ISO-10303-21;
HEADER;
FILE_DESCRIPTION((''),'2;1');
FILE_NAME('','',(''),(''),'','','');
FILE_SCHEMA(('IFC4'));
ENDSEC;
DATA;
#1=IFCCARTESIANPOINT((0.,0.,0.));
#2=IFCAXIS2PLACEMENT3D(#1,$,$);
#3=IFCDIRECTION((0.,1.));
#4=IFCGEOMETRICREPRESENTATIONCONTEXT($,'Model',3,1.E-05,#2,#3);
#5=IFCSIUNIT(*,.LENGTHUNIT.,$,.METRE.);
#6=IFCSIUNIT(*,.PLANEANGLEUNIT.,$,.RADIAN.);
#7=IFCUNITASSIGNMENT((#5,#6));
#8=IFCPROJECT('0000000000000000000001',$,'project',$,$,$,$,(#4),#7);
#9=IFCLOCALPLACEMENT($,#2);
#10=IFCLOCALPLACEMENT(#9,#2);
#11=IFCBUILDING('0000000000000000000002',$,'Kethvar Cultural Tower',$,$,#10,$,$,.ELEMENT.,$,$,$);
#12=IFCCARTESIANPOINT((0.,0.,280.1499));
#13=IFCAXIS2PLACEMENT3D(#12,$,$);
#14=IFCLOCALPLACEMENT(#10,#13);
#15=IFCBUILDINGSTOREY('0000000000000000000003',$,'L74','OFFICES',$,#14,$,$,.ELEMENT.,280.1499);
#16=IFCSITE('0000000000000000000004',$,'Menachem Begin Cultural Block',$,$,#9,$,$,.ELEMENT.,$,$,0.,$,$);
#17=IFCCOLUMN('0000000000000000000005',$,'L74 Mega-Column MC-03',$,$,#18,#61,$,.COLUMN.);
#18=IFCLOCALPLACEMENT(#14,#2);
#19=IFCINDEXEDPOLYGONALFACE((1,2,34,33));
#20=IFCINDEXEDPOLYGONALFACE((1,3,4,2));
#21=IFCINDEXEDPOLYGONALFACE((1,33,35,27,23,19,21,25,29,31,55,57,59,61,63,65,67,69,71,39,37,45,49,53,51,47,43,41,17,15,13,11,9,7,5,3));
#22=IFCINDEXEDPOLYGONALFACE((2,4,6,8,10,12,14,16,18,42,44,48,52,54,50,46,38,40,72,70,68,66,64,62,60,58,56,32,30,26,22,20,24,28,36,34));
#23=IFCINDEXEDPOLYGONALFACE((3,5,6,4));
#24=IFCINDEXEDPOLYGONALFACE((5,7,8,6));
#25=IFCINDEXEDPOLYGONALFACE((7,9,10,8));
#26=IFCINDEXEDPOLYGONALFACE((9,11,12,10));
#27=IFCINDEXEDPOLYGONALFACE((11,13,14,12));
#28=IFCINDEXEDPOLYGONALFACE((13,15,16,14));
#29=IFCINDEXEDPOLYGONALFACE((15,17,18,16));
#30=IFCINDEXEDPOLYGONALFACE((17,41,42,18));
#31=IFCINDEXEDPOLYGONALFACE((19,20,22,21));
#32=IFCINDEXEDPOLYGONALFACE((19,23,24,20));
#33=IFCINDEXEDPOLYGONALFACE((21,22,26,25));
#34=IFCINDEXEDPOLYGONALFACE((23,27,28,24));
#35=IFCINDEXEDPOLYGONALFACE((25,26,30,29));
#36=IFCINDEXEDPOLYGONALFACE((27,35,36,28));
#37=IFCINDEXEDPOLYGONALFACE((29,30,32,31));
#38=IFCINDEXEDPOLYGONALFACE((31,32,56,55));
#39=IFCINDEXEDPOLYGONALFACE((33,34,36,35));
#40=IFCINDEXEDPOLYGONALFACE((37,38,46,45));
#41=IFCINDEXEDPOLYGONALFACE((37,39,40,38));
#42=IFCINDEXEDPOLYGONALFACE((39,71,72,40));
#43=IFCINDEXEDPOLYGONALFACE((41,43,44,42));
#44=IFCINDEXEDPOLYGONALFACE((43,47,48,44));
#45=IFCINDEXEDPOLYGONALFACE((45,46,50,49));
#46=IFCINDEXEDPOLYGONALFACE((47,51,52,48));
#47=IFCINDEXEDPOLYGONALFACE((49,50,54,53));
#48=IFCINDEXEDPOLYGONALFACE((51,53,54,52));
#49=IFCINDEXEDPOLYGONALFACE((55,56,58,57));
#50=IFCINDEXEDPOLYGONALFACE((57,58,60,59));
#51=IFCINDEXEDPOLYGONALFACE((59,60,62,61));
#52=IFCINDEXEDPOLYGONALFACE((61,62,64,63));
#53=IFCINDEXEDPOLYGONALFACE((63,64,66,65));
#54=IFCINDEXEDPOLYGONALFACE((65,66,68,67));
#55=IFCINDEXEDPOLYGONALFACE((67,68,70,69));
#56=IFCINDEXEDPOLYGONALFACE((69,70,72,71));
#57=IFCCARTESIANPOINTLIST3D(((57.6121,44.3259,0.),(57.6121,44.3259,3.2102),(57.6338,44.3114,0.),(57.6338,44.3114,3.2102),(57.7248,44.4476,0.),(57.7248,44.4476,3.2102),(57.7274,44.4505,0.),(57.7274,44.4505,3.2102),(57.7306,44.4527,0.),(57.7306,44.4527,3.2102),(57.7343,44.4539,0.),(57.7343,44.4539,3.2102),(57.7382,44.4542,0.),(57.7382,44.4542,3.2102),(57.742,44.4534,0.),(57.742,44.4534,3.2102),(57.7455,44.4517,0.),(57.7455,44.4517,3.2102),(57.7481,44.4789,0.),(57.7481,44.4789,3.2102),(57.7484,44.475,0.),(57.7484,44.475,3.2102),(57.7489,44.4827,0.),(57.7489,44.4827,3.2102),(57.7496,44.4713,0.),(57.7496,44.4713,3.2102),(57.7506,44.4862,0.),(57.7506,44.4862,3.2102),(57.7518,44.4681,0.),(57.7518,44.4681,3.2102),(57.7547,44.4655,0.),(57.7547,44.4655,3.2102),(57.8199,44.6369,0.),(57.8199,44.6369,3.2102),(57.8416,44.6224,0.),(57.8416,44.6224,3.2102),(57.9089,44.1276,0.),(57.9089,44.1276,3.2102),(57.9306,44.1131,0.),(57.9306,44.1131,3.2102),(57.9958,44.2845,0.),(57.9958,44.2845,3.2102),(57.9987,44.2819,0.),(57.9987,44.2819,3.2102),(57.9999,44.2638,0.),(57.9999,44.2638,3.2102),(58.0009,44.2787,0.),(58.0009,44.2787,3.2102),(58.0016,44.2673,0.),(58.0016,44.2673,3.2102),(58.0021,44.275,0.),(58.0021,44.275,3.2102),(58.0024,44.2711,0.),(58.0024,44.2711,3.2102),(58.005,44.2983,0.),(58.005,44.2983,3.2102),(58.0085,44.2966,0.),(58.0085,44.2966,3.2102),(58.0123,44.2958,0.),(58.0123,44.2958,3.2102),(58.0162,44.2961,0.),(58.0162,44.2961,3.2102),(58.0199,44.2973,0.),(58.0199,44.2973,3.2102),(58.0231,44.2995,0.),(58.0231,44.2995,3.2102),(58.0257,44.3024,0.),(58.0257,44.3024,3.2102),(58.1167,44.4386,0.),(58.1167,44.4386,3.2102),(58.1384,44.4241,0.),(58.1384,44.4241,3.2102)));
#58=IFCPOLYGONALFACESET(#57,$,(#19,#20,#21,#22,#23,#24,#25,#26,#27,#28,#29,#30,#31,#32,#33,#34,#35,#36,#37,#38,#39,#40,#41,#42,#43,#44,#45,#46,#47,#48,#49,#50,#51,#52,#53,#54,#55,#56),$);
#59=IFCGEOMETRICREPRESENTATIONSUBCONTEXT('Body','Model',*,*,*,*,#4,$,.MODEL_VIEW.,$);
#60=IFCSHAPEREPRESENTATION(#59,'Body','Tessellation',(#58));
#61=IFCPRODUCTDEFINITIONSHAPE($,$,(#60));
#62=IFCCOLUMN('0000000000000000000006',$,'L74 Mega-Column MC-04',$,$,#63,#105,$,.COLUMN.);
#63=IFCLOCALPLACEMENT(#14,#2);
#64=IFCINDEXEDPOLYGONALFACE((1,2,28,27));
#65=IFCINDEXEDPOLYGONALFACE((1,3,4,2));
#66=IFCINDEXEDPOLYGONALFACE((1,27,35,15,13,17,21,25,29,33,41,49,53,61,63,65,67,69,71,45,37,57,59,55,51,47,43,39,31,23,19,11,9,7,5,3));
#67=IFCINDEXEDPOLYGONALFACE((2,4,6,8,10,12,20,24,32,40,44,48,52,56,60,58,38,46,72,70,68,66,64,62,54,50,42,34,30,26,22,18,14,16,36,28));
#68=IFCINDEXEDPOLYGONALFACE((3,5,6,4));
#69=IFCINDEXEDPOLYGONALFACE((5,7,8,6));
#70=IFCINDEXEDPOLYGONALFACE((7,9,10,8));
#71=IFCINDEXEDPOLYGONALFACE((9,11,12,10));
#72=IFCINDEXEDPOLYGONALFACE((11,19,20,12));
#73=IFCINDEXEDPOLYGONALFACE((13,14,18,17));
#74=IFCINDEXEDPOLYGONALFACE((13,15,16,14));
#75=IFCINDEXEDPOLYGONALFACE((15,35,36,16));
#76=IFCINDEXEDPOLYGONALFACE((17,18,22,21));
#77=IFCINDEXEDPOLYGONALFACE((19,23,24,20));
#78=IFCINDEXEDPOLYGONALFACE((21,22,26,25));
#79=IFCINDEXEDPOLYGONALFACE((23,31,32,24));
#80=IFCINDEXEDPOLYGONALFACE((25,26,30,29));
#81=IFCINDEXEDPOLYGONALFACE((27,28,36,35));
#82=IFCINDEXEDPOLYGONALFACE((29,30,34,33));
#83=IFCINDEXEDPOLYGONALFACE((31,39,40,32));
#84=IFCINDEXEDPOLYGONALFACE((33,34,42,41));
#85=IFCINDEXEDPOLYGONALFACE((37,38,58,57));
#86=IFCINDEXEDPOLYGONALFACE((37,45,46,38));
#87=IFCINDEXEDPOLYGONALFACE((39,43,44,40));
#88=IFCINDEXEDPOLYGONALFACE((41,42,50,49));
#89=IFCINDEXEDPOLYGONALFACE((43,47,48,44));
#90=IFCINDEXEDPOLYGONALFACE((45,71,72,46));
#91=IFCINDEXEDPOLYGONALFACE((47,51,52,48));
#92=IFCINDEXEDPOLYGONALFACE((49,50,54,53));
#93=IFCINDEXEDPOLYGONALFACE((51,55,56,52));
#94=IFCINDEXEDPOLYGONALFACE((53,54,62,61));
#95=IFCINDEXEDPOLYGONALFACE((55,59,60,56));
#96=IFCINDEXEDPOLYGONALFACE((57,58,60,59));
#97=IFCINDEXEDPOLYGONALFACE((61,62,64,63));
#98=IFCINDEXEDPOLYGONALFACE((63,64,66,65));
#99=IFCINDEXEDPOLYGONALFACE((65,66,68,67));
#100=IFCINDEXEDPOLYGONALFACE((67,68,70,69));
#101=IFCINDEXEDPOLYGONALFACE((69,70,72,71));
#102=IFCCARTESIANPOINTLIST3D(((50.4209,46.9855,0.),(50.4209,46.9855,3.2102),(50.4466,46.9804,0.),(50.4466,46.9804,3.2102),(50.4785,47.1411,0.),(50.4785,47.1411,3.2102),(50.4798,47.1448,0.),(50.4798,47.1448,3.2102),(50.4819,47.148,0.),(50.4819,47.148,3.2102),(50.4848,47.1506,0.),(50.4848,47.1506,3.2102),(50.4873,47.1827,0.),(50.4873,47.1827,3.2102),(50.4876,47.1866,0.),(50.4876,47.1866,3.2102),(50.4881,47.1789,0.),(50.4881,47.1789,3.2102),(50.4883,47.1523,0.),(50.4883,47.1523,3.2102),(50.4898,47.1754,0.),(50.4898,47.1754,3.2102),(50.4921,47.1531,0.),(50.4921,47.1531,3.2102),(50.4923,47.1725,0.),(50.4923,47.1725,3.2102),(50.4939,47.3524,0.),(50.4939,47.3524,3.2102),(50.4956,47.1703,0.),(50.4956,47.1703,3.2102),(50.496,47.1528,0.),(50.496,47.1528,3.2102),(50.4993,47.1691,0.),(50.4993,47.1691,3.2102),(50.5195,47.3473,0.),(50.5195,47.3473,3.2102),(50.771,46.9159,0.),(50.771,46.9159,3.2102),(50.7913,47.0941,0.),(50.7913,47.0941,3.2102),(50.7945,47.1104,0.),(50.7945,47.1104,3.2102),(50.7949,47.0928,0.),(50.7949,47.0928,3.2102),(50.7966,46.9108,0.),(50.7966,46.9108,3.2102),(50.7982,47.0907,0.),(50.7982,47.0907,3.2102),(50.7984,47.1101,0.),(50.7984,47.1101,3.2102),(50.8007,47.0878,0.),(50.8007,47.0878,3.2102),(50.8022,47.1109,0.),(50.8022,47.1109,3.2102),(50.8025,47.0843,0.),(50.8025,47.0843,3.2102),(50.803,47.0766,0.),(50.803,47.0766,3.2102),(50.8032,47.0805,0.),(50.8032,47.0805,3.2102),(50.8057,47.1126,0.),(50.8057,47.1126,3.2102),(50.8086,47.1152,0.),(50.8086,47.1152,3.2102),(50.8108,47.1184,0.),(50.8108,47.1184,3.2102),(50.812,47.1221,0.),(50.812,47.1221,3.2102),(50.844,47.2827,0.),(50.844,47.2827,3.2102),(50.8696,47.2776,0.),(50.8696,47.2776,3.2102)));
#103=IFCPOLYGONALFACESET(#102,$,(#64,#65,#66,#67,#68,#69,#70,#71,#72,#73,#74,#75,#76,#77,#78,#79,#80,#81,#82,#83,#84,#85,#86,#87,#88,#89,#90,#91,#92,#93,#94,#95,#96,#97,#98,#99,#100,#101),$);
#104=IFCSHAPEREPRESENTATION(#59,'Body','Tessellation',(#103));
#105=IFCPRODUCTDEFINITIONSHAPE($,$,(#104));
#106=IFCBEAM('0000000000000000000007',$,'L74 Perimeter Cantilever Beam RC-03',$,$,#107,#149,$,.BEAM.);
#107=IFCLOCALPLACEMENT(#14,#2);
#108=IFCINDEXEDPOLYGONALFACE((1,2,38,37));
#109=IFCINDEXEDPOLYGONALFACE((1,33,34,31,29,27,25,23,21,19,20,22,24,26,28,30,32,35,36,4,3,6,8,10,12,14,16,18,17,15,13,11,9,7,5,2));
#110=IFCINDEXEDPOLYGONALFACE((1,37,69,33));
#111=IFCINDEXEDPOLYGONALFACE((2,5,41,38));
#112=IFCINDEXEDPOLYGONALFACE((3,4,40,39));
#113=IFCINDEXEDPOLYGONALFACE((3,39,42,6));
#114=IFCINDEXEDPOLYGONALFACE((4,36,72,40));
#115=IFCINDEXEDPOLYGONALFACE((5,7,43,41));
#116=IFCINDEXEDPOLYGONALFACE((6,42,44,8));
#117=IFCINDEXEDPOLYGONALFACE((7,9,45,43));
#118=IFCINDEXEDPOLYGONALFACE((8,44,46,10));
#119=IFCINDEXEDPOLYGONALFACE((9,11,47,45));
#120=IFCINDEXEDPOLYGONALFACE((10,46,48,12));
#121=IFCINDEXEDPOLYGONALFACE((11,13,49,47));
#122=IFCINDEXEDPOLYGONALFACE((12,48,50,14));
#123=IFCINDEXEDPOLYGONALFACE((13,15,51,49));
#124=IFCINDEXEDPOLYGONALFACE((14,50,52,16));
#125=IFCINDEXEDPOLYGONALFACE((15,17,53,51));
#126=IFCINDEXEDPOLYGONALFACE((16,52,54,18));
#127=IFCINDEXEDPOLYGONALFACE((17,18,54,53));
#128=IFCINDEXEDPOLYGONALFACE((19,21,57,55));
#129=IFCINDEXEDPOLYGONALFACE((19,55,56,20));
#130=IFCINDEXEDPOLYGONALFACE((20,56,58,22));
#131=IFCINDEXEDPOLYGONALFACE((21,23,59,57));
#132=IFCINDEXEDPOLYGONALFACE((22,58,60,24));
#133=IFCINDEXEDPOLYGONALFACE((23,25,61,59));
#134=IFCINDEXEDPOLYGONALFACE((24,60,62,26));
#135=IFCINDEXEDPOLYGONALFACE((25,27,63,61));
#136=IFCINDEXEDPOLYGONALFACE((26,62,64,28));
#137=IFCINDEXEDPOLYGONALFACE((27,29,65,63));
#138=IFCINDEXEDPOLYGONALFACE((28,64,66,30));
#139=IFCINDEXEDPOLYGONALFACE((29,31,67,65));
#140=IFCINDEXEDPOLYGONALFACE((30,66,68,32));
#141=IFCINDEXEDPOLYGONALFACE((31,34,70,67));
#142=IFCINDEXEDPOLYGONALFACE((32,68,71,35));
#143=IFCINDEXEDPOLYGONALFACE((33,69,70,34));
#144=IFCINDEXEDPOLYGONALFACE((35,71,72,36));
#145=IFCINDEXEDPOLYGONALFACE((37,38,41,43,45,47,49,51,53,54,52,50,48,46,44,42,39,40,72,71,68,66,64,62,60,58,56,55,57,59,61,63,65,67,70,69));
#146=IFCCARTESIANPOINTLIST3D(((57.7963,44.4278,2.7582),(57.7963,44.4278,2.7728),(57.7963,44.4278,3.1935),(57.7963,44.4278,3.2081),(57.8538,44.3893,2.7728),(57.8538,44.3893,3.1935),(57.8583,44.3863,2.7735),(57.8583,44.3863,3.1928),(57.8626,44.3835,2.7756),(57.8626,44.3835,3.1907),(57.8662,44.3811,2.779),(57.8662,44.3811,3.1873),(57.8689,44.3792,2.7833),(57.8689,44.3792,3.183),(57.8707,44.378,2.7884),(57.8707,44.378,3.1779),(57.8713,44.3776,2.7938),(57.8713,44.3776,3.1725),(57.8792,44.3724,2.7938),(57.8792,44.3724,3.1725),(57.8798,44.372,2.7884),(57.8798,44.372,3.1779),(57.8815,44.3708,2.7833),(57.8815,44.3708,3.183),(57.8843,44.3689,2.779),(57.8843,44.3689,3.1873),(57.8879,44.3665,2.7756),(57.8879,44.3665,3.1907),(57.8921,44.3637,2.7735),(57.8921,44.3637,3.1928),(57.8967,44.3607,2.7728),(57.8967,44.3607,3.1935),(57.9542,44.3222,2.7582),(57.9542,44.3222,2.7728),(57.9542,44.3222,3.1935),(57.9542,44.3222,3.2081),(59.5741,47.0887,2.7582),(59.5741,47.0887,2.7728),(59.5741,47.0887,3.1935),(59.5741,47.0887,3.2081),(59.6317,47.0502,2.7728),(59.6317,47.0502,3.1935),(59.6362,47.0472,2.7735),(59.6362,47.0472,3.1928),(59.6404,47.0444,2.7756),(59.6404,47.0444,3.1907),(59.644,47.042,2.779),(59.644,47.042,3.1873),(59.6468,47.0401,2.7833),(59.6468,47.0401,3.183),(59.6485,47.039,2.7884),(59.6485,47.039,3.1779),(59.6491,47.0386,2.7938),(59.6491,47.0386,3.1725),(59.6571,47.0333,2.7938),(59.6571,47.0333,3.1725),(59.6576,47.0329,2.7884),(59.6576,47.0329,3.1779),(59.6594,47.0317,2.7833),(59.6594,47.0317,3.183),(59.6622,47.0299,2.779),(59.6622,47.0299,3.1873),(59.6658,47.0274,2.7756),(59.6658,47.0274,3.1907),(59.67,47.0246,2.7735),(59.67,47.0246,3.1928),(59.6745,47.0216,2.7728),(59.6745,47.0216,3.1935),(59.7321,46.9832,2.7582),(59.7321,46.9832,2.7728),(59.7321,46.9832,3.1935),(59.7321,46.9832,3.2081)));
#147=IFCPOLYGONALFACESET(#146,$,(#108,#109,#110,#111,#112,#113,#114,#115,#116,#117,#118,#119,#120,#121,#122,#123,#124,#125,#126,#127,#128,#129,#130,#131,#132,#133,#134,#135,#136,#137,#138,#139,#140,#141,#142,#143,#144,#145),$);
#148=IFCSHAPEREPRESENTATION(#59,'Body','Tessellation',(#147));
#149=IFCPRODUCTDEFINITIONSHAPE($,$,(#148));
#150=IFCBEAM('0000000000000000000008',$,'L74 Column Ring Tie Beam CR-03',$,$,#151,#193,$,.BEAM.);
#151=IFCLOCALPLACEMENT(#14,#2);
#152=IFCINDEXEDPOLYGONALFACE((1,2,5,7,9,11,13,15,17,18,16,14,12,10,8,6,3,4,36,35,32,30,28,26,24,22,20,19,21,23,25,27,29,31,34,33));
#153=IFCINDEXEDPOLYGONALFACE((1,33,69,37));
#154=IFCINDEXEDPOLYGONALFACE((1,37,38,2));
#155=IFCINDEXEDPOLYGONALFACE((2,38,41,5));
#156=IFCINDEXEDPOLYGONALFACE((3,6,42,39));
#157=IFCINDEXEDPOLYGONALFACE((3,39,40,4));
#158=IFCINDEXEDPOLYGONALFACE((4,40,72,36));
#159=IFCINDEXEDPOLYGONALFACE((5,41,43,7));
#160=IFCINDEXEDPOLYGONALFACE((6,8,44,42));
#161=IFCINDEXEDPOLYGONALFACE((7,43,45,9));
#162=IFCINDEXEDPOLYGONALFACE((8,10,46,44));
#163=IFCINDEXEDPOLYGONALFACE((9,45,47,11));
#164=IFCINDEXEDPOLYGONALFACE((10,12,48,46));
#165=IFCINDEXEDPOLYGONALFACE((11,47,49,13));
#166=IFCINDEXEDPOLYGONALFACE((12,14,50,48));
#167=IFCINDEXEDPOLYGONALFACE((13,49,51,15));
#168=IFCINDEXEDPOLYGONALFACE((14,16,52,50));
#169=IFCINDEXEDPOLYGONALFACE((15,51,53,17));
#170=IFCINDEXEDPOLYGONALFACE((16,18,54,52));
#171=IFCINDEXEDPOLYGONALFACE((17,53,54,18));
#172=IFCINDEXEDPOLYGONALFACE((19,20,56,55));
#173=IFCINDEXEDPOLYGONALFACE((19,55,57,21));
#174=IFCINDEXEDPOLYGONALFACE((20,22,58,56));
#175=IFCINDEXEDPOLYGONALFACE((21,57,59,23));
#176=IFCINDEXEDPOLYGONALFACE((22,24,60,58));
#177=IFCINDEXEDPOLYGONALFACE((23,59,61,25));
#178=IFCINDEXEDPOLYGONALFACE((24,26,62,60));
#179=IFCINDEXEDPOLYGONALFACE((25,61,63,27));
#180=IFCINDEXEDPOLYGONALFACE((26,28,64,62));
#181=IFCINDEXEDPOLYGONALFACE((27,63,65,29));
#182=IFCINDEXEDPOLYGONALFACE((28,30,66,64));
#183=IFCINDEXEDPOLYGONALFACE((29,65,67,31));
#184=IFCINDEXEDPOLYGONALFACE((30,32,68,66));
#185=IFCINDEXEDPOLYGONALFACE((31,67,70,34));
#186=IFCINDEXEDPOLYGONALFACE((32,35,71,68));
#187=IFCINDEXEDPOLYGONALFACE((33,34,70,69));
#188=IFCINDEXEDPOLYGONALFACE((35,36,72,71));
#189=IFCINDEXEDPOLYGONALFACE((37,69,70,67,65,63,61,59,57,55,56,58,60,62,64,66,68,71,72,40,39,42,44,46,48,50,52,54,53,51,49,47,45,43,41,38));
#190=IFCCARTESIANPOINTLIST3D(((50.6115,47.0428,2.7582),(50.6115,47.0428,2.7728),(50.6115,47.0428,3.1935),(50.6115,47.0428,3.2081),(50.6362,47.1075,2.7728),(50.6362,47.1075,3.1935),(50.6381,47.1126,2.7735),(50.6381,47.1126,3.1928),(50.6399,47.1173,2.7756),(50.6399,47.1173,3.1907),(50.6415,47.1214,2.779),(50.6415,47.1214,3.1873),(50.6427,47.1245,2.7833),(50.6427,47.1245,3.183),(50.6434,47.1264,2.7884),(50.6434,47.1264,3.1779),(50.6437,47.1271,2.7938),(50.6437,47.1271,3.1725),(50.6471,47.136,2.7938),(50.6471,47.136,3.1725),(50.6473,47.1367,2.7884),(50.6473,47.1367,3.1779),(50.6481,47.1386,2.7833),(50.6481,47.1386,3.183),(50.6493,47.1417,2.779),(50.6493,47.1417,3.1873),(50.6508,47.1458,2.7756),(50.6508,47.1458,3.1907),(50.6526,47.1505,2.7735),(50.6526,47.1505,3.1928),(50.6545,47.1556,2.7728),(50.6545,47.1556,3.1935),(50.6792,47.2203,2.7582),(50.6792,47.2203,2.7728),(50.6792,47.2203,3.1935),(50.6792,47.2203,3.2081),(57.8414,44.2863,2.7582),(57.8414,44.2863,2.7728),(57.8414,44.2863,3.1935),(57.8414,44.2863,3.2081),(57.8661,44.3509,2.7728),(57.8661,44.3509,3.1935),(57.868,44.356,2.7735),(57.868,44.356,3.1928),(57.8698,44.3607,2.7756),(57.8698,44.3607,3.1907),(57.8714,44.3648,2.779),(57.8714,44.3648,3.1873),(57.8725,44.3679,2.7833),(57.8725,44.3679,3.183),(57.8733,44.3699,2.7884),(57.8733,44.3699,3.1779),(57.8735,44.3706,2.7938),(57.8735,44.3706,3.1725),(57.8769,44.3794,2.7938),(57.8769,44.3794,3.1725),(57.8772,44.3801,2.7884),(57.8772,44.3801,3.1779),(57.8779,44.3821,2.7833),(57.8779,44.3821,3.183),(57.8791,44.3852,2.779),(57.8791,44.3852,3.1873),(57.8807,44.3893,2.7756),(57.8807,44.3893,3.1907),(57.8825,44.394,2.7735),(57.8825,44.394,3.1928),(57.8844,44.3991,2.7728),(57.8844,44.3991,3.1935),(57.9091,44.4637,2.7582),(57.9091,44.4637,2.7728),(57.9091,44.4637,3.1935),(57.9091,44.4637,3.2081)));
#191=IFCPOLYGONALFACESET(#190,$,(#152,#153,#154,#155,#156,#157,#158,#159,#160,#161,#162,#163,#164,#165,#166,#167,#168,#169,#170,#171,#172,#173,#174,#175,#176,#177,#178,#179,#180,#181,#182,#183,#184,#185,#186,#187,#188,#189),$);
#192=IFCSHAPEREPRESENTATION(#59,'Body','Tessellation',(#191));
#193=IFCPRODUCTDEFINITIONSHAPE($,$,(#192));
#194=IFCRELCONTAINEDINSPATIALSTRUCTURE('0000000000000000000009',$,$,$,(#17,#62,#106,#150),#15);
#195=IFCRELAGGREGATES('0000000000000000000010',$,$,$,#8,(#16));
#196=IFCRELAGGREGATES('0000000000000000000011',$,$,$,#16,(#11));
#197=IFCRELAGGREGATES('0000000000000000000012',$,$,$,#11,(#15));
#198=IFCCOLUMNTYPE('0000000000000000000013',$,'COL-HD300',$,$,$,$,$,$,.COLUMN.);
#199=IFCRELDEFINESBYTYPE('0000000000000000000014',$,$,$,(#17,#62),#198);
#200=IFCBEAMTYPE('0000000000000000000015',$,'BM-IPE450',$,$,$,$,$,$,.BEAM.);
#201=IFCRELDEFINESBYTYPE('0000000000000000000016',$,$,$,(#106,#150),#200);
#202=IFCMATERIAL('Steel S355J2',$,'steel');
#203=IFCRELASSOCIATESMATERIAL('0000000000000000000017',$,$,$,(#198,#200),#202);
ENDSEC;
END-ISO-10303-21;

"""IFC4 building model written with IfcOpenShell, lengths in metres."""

from ifc_helpers import new_model, si_unit, direction, frame, origin, origin_2d, place, context, subcontext, project, spatial, i_section, extrude, source, transform, mapped, material, material_profile, profile_set, type_object, element, save


model = new_model("IFC4")

# Units and contexts
model_context = context("Model", 3, precision=1e-05, world=origin(), true_north=direction((0.0, 1.0)))
body_context = subcontext(model_context, "Body", "Model", "MODEL_VIEW")
ifc_project = project(units=[si_unit("LENGTHUNIT", "METRE"), si_unit("PLANEANGLEUNIT", "RADIAN")], contexts=[model_context])

# Site, building, storey
site_placement = place(None, origin())
site = spatial("IfcSite", under=ifc_project, at=site_placement, Name="Menachem Begin Cultural Block", CompositionType="ELEMENT", RefElevation=0.0)
building_placement = place(site_placement, origin())
building = spatial("IfcBuilding", under=site, at=building_placement, Name="Kethvar Cultural Tower", CompositionType="ELEMENT")
storey_placement = place(building_placement, frame((0.0, 0.0, 280.1499)))
storey = spatial("IfcBuildingStorey", under=building, at=storey_placement, Name="L74", Description="OFFICES", CompositionType="ELEMENT", Elevation=280.1499)

# Columns
ifc_material_1 = material(Name="Steel S355J2", Category="steel")
ifc_material_profile_1 = material_profile(ifc_material_1, i_section(OverallWidth=0.374, OverallDepth=0.3831, WebThickness=0.0166, FlangeThickness=0.0261, FilletRadius=0.0149, at=origin_2d()), Name="Steel S355J2 — HD360x300")
ifc_profile_set_1 = profile_set([ifc_material_profile_1], Name="Steel S355J2 — HD360x300")
column_type = type_object("IfcColumnType", Name="COL-HD300", PredefinedType="COLUMN", material=ifc_profile_set_1)
shared_shape_1 = source(origin(), body_context, "Body", "SweptSolid", [
    extrude(i_section(OverallWidth=0.374, OverallDepth=0.3831, WebThickness=0.0166, FlangeThickness=0.0261, FilletRadius=0.0149, at=origin_2d()), origin(), (0.0, 0.0, 1.0), 3.2102),
])
for number, where, z_axis, x_axis, name in (
    (1, (57.8752, 44.375, 0.0), (0.0, 0.0, 1.0), (0.55557, 0.83147, 0.0), "L74 Mega-Column MC-03"),
    (2, (50.6453, 47.1316, 0.0), (0.0, 0.0, 1.0), (0.19509, 0.980785, 0.0), "L74 Mega-Column MC-04"),
):
    element("IfcColumn", number, at=place(storey_placement, frame(where, z_axis=z_axis, x_axis=x_axis)), inside=storey, type_object=column_type, Name=name, PredefinedType="COLUMN", context=body_context, shape_type="MappedRepresentation", body=[
        mapped(shared_shape_1, transform((0.0, 0.0, 0.0), scale=1.0)),
    ])

# Beams
ifc_material_profile_2 = material_profile(ifc_material_1, i_section(OverallWidth=0.1899, OverallDepth=0.45, WebThickness=0.0095, FlangeThickness=0.0146, FilletRadius=0.021, at=origin_2d()), Name="Steel S355J2 — IPE450")
ifc_profile_set_2 = profile_set([ifc_material_profile_2], Name="Steel S355J2 — IPE450")
beam_type_1 = type_object("IfcBeamType", Name="BM-IPE450", PredefinedType="BEAM", material=ifc_profile_set_2)
shared_shape_2 = source(origin(), body_context, "Body", "SweptSolid", [
    extrude(i_section(OverallWidth=0.1899, OverallDepth=0.45, WebThickness=0.0095, FlangeThickness=0.0146, FilletRadius=0.021, at=origin_2d()), origin(), (0.0, 0.0, 1.0), 3.2002),
])
beam_1_placement = place(storey_placement, frame((57.8752, 44.375, 2.9832), z_axis=(0.555545, 0.831486, 0.0), x_axis=(-0.831486, 0.555545, 0.0)))
element("IfcBeam", 3, at=beam_1_placement, inside=storey, type_object=beam_type_1, Name="L74 Perimeter Cantilever Beam RC-03", PredefinedType="BEAM", context=body_context, shape_type="MappedRepresentation", body=[
    mapped(shared_shape_2, transform((0.0, 0.0, 0.0), scale=1.0)),
])
shared_shape_3 = source(origin(), body_context, "Body", "SweptSolid", [
    extrude(i_section(OverallWidth=0.1899, OverallDepth=0.45, WebThickness=0.0095, FlangeThickness=0.0146, FilletRadius=0.021, at=origin_2d()), origin(), (0.0, 0.0, 1.0), 7.7375),
])
beam_2_placement = place(storey_placement, frame((57.8752, 44.375, 2.9832), z_axis=(-0.934388, 0.356256, 0.0), x_axis=(-0.356256, -0.934388, 0.0)))
element("IfcBeam", 4, at=beam_2_placement, inside=storey, type_object=beam_type_1, Name="L74 Column Ring Tie Beam CR-03", PredefinedType="BEAM", context=body_context, shape_type="MappedRepresentation", body=[
    mapped(shared_shape_3, transform((0.0, 0.0, 0.0), scale=1.0)),
])

save(model, "model.ifc")
